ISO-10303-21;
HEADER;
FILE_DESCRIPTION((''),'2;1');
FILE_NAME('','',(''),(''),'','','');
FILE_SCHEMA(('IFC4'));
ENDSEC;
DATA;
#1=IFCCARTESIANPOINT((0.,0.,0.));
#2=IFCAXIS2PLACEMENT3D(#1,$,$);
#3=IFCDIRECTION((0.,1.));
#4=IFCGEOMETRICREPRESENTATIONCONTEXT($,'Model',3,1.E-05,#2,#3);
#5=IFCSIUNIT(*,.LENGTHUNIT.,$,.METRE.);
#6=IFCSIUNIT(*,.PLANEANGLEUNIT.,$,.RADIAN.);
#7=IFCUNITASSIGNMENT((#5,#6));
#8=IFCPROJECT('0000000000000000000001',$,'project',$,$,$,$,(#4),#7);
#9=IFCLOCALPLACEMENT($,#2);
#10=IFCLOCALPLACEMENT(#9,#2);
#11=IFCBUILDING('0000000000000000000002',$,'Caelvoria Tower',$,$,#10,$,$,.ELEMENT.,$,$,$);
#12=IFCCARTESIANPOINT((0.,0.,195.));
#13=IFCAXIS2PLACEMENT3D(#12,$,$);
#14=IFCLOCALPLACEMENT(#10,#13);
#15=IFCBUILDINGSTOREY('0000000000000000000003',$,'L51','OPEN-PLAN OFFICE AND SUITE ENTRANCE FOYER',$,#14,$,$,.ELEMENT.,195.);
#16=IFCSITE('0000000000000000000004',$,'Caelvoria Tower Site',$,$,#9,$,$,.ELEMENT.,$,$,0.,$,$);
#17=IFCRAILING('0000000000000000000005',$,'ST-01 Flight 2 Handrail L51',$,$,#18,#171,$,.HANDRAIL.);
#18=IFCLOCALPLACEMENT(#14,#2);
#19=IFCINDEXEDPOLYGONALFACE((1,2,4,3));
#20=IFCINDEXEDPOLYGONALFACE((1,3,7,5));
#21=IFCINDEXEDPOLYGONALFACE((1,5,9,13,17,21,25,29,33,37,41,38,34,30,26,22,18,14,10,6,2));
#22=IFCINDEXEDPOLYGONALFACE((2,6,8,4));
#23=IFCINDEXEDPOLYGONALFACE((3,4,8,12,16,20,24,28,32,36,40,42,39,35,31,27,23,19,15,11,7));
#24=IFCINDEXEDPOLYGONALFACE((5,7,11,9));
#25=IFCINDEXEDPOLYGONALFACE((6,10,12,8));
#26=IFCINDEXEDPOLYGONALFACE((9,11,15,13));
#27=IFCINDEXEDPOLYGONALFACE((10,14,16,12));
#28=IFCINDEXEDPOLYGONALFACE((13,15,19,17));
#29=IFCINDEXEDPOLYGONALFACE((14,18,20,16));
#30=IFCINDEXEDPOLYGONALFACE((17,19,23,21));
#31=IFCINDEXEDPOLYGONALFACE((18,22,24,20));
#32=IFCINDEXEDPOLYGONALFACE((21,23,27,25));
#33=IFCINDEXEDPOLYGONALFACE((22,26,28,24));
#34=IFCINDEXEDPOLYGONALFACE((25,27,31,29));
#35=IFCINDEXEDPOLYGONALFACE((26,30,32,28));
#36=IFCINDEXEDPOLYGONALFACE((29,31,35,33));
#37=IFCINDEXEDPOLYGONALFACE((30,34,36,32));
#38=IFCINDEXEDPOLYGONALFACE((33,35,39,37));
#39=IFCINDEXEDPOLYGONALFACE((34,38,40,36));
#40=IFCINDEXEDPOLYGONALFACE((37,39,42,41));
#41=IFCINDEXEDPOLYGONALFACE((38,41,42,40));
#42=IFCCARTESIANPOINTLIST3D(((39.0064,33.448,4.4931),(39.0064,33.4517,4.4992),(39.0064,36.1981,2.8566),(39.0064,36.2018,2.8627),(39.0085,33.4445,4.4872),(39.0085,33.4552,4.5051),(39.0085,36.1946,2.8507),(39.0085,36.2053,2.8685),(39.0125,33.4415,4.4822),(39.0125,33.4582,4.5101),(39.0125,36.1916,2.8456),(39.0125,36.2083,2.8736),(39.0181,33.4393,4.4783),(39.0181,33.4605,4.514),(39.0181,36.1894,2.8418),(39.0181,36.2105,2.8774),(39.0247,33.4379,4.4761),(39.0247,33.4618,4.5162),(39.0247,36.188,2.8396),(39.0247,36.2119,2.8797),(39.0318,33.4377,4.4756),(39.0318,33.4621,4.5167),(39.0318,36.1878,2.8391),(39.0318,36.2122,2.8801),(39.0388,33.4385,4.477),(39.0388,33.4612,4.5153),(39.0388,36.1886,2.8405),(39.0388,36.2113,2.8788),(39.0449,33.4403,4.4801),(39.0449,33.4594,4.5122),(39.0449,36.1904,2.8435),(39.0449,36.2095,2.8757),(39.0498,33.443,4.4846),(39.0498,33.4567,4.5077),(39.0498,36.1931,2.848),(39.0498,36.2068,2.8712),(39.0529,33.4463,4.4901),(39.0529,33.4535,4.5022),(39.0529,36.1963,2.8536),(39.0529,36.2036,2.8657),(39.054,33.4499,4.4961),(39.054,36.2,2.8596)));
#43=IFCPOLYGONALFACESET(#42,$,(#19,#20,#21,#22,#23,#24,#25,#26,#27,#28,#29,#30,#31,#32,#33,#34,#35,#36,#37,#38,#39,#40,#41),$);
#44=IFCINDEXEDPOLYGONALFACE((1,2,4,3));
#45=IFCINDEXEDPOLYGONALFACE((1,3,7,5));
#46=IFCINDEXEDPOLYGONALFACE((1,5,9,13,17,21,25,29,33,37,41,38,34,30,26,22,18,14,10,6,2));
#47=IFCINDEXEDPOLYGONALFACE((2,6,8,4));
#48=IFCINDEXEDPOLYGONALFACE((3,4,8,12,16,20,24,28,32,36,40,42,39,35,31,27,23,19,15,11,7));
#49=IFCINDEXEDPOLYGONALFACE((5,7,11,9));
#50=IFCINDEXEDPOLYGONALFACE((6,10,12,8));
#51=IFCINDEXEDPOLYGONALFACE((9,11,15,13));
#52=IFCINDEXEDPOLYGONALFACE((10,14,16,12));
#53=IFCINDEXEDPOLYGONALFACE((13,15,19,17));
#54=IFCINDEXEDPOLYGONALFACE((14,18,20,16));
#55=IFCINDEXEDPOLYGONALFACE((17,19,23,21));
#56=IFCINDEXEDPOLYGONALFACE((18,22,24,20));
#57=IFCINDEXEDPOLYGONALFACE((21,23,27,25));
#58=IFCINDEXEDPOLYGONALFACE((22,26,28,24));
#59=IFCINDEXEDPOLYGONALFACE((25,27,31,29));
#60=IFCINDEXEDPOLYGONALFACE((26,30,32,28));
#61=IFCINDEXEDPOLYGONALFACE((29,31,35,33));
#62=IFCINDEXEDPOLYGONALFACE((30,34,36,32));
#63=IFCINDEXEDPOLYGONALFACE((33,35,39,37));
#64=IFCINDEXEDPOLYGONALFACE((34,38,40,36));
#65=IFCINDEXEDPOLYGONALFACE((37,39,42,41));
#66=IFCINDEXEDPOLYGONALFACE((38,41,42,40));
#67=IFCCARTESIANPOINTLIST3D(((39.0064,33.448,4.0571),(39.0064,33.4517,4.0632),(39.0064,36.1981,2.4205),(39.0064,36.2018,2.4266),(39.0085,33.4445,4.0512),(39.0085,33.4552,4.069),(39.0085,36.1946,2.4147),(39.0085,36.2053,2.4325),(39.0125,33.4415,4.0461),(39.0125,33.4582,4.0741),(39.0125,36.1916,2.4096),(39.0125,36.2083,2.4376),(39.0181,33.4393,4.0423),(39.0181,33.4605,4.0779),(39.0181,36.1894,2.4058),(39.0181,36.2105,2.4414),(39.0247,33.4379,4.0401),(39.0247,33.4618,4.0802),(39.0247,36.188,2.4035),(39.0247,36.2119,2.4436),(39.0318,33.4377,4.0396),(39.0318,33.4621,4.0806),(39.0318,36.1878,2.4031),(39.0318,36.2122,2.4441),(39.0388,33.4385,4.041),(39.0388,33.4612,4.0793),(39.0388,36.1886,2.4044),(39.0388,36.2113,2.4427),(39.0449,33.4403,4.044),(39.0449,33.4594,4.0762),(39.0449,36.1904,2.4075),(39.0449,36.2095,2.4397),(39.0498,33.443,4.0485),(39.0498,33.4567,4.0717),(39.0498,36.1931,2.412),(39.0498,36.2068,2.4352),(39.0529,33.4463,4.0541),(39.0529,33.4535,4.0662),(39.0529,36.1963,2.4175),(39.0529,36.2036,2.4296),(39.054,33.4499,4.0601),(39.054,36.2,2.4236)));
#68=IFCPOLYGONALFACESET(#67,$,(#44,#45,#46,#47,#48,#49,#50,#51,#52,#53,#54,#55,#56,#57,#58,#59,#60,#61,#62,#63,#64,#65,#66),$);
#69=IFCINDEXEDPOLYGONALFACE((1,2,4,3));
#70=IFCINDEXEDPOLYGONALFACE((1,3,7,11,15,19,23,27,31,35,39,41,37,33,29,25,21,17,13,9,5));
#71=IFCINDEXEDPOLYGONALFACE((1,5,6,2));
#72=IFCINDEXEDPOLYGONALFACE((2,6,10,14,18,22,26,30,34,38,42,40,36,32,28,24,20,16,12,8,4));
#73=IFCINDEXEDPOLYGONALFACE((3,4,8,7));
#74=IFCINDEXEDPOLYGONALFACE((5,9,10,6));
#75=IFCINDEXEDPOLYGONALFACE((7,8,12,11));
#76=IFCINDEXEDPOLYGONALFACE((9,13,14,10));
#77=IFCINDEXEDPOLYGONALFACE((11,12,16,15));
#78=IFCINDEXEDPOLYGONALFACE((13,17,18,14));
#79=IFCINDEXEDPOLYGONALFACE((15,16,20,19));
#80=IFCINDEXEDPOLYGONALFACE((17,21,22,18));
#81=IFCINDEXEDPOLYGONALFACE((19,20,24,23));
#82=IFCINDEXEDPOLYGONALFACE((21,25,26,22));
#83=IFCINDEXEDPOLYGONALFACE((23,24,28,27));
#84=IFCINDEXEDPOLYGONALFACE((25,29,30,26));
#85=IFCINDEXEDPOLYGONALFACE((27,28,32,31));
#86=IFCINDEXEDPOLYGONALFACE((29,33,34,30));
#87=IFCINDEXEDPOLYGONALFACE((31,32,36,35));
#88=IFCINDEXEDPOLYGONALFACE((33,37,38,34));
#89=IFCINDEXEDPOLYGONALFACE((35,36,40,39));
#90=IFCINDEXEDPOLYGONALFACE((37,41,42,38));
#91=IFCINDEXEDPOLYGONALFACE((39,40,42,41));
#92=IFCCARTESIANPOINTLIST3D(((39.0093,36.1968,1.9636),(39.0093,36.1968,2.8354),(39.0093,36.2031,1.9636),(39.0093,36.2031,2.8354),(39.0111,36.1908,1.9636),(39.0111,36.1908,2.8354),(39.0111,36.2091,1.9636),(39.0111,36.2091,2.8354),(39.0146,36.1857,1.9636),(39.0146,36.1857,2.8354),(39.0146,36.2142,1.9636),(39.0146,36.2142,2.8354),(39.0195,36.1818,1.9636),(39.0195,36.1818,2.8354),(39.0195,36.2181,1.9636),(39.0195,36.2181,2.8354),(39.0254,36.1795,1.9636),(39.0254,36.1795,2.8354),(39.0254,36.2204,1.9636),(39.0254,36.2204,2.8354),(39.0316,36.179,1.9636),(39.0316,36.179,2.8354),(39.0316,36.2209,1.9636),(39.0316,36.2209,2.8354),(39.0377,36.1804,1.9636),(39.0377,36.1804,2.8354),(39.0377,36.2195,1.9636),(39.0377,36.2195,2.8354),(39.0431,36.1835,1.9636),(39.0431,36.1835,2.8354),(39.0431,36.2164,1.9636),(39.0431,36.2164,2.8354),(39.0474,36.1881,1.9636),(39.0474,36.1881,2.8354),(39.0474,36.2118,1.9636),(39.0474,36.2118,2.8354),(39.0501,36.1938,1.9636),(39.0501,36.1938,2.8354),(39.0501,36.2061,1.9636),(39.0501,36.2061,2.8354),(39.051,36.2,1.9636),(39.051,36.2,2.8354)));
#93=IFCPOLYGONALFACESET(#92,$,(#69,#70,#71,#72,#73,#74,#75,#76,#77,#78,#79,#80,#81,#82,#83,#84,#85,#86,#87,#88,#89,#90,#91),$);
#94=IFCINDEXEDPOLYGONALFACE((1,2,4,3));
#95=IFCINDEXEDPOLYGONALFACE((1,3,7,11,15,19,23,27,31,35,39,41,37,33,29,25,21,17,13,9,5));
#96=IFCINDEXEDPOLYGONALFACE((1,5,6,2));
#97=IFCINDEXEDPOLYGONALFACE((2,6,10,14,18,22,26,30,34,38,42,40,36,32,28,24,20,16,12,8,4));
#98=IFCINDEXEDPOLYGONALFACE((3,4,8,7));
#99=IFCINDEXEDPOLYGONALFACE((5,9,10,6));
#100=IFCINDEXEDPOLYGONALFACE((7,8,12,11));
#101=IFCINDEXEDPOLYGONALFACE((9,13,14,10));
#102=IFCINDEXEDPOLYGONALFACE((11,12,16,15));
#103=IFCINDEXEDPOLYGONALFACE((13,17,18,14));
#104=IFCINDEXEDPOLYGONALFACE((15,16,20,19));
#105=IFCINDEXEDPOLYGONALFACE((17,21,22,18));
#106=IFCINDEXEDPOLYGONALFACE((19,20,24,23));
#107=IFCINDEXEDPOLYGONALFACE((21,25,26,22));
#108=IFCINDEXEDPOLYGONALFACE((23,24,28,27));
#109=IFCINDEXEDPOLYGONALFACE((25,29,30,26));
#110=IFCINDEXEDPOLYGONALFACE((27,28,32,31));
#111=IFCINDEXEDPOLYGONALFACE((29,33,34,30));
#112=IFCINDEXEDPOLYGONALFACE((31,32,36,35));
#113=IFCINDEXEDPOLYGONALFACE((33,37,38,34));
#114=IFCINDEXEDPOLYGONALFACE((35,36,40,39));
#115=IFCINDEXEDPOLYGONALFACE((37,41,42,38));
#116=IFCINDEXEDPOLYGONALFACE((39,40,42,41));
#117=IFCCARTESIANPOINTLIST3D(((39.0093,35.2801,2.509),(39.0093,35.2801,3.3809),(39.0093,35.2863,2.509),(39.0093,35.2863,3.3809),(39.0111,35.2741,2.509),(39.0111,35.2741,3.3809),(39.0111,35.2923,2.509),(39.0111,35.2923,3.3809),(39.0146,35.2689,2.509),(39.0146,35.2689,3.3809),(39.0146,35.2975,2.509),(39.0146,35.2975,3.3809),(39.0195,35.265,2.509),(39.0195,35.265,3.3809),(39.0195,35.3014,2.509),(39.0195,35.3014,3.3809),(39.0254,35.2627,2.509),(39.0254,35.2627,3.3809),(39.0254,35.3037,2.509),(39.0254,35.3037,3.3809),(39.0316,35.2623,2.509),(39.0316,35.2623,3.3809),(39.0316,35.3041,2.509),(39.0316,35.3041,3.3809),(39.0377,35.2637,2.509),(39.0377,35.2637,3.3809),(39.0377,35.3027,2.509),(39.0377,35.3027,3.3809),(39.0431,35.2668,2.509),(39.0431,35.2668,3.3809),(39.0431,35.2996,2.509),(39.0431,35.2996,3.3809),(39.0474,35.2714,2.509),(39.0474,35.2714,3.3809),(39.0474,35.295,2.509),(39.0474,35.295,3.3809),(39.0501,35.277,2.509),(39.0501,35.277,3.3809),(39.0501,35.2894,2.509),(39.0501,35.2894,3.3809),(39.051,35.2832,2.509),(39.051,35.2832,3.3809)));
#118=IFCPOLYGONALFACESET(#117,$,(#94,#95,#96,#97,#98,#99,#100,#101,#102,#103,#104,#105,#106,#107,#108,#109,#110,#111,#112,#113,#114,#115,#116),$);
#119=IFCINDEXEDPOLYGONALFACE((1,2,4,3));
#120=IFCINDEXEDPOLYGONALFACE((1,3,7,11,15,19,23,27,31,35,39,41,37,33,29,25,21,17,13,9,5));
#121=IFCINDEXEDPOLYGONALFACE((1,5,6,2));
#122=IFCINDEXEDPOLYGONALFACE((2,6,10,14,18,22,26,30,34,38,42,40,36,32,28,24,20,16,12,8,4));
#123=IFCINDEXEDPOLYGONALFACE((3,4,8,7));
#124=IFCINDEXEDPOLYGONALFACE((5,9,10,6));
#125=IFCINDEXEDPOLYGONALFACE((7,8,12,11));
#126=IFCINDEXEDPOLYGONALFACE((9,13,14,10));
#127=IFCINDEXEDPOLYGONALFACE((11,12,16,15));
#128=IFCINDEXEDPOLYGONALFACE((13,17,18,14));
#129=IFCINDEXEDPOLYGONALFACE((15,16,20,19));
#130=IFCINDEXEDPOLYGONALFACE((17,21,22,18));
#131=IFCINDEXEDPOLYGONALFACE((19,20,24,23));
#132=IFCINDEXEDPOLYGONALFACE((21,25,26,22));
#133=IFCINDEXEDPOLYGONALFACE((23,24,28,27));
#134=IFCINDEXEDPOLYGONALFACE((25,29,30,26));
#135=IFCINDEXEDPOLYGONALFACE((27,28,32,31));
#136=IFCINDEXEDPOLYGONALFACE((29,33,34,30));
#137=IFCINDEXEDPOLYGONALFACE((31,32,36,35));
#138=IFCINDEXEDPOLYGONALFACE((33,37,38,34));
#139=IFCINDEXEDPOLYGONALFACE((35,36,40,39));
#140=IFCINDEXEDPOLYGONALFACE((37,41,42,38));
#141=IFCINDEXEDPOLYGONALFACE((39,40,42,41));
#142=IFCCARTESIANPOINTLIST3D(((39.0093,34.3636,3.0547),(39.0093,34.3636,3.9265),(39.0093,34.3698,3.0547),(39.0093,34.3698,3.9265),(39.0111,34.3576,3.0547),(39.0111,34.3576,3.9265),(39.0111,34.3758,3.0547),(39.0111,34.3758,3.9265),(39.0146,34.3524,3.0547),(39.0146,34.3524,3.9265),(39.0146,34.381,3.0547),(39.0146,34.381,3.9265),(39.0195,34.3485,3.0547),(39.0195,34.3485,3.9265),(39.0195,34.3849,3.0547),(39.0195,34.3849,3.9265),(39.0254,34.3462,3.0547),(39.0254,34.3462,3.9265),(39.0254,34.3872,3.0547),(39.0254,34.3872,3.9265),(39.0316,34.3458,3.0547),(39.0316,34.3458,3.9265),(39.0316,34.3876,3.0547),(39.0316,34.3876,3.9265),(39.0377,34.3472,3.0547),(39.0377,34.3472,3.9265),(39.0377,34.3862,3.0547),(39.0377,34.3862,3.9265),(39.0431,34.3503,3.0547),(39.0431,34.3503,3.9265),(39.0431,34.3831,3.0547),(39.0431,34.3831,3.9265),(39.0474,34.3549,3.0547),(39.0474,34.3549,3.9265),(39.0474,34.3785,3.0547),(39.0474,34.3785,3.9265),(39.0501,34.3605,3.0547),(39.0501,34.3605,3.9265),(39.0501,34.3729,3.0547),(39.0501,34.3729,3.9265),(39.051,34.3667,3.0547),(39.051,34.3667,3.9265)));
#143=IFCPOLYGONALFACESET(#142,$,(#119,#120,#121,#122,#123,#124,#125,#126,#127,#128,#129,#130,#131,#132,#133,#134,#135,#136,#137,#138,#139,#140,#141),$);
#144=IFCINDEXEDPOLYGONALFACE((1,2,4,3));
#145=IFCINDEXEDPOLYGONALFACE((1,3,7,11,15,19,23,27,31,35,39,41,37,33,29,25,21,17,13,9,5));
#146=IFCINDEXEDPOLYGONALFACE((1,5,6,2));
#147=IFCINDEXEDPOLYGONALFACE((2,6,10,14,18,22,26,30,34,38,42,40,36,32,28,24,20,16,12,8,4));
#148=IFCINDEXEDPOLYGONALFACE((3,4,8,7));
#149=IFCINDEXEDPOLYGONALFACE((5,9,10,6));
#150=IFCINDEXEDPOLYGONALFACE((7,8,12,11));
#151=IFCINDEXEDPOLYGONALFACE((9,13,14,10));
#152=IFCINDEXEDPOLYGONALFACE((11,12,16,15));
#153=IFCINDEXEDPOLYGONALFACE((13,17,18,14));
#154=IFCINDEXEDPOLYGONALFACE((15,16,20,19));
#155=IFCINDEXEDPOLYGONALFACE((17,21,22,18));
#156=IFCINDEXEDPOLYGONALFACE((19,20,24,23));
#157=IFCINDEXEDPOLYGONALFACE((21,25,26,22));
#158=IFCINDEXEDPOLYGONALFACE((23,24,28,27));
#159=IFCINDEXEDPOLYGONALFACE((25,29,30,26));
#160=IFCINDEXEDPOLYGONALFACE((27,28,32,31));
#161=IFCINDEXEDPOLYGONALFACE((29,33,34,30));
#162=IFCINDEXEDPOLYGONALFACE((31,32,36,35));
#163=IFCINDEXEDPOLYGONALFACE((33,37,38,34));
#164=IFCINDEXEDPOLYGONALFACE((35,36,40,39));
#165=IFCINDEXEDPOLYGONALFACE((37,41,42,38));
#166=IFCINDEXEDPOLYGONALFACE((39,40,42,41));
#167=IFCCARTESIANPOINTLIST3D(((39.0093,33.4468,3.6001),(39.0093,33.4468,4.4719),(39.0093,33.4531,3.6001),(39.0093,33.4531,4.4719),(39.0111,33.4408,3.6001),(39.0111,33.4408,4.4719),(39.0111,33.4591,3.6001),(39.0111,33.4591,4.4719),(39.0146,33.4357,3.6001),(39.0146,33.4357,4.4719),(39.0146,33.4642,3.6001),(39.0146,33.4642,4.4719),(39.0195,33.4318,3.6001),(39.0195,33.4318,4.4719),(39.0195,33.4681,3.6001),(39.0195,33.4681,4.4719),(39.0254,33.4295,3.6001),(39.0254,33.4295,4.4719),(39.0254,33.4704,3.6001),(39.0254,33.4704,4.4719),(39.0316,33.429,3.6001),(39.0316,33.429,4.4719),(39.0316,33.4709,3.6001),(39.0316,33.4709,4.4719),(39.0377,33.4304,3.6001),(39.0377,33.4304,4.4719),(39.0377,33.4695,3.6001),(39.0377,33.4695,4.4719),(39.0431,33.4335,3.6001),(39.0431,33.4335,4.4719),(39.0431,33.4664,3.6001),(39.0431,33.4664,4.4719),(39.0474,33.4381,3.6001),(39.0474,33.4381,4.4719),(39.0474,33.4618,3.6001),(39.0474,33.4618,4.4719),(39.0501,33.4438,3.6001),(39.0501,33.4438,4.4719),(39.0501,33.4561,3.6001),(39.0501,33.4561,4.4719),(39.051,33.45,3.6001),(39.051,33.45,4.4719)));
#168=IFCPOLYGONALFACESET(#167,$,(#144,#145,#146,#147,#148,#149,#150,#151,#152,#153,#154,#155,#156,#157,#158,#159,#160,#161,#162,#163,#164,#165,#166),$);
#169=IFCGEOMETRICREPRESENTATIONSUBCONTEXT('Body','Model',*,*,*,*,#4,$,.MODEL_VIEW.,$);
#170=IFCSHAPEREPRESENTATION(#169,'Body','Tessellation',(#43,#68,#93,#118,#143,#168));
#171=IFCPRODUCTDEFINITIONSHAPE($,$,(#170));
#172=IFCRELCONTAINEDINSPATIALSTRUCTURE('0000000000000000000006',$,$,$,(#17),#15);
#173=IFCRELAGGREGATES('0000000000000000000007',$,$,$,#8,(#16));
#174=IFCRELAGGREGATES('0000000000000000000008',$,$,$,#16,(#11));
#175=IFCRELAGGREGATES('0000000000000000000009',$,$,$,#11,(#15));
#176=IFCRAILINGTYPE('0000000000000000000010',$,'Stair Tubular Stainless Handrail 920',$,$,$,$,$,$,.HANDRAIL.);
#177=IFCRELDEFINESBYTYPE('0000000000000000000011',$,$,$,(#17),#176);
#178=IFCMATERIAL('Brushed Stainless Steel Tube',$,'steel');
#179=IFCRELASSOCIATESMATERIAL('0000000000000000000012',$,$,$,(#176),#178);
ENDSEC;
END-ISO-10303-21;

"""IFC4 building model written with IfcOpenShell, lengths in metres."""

from ifc_helpers import new_model, si_unit, direction, frame, origin, origin_2d, place, context, subcontext, project, spatial, circle, extrude, material, type_object, element, save


model = new_model("IFC4")

# Units and contexts
model_context = context("Model", 3, precision=1e-05, world=origin(), true_north=direction((0.0, 1.0)))
body_context = subcontext(model_context, "Body", "Model", "MODEL_VIEW")
ifc_project = project(units=[si_unit("LENGTHUNIT", "METRE"), si_unit("PLANEANGLEUNIT", "RADIAN")], contexts=[model_context])

# Site, building, storey
site_placement = place(None, origin())
site = spatial("IfcSite", under=ifc_project, at=site_placement, Name="Caelvoria Tower Site", CompositionType="ELEMENT", RefElevation=0.0)
building_placement = place(site_placement, origin())
building = spatial("IfcBuilding", under=site, at=building_placement, Name="Caelvoria Tower", CompositionType="ELEMENT")
storey_placement = place(building_placement, frame((0.0, 0.0, 195.0)))
storey = spatial("IfcBuildingStorey", under=building, at=storey_placement, Name="L51", Description="OPEN-PLAN OFFICE AND SUITE ENTRANCE FOYER", CompositionType="ELEMENT", Elevation=195.0)

# Railing
ifc_material_1 = material(Name="Brushed Stainless Steel Tube", Category="steel")
railing_type_1 = type_object("IfcRailingType", Name="Stair Tubular Stainless Handrail 920", PredefinedType="HANDRAIL", material=ifc_material_1)
railing_1_placement = place(storey_placement, frame((39.03, 36.2, 1.9636)))
element("IfcRailing", 1, at=railing_1_placement, inside=storey, type_object=railing_type_1, Name="ST-01 Flight 2 Handrail L51", PredefinedType="HANDRAIL", context=body_context, shape_type="SweptSolid", body=[
    extrude(circle(Radius=0.0239, at=origin_2d()), frame((0.0, 0.0, 0.896), z_axis=(0.0, -0.859352, 0.511385), x_axis=(1.0, 0.0, 0.0)), (0.0, 0.0, 1.0), 3.2002),
    extrude(circle(Radius=0.0239, at=origin_2d()), frame((0.0, 0.0, 0.46), z_axis=(0.0, -0.859352, 0.511385), x_axis=(1.0, 0.0, 0.0)), (0.0, 0.0, 1.0), 3.2002),
    extrude(circle(Radius=0.021, at=origin_2d()), origin(), (0.0, 0.0, 1.0), 0.8718),
    extrude(circle(Radius=0.021, at=origin_2d()), frame((0.0, -0.9167, 0.5454)), (0.0, 0.0, 1.0), 0.8718),
    extrude(circle(Radius=0.021, at=origin_2d()), frame((0.0, -1.8333, 1.0911)), (0.0, 0.0, 1.0), 0.8718),
    extrude(circle(Radius=0.021, at=origin_2d()), frame((0.0, -2.75, 1.6365)), (0.0, 0.0, 1.0), 0.8718),
])

save(model, "model.ifc")
